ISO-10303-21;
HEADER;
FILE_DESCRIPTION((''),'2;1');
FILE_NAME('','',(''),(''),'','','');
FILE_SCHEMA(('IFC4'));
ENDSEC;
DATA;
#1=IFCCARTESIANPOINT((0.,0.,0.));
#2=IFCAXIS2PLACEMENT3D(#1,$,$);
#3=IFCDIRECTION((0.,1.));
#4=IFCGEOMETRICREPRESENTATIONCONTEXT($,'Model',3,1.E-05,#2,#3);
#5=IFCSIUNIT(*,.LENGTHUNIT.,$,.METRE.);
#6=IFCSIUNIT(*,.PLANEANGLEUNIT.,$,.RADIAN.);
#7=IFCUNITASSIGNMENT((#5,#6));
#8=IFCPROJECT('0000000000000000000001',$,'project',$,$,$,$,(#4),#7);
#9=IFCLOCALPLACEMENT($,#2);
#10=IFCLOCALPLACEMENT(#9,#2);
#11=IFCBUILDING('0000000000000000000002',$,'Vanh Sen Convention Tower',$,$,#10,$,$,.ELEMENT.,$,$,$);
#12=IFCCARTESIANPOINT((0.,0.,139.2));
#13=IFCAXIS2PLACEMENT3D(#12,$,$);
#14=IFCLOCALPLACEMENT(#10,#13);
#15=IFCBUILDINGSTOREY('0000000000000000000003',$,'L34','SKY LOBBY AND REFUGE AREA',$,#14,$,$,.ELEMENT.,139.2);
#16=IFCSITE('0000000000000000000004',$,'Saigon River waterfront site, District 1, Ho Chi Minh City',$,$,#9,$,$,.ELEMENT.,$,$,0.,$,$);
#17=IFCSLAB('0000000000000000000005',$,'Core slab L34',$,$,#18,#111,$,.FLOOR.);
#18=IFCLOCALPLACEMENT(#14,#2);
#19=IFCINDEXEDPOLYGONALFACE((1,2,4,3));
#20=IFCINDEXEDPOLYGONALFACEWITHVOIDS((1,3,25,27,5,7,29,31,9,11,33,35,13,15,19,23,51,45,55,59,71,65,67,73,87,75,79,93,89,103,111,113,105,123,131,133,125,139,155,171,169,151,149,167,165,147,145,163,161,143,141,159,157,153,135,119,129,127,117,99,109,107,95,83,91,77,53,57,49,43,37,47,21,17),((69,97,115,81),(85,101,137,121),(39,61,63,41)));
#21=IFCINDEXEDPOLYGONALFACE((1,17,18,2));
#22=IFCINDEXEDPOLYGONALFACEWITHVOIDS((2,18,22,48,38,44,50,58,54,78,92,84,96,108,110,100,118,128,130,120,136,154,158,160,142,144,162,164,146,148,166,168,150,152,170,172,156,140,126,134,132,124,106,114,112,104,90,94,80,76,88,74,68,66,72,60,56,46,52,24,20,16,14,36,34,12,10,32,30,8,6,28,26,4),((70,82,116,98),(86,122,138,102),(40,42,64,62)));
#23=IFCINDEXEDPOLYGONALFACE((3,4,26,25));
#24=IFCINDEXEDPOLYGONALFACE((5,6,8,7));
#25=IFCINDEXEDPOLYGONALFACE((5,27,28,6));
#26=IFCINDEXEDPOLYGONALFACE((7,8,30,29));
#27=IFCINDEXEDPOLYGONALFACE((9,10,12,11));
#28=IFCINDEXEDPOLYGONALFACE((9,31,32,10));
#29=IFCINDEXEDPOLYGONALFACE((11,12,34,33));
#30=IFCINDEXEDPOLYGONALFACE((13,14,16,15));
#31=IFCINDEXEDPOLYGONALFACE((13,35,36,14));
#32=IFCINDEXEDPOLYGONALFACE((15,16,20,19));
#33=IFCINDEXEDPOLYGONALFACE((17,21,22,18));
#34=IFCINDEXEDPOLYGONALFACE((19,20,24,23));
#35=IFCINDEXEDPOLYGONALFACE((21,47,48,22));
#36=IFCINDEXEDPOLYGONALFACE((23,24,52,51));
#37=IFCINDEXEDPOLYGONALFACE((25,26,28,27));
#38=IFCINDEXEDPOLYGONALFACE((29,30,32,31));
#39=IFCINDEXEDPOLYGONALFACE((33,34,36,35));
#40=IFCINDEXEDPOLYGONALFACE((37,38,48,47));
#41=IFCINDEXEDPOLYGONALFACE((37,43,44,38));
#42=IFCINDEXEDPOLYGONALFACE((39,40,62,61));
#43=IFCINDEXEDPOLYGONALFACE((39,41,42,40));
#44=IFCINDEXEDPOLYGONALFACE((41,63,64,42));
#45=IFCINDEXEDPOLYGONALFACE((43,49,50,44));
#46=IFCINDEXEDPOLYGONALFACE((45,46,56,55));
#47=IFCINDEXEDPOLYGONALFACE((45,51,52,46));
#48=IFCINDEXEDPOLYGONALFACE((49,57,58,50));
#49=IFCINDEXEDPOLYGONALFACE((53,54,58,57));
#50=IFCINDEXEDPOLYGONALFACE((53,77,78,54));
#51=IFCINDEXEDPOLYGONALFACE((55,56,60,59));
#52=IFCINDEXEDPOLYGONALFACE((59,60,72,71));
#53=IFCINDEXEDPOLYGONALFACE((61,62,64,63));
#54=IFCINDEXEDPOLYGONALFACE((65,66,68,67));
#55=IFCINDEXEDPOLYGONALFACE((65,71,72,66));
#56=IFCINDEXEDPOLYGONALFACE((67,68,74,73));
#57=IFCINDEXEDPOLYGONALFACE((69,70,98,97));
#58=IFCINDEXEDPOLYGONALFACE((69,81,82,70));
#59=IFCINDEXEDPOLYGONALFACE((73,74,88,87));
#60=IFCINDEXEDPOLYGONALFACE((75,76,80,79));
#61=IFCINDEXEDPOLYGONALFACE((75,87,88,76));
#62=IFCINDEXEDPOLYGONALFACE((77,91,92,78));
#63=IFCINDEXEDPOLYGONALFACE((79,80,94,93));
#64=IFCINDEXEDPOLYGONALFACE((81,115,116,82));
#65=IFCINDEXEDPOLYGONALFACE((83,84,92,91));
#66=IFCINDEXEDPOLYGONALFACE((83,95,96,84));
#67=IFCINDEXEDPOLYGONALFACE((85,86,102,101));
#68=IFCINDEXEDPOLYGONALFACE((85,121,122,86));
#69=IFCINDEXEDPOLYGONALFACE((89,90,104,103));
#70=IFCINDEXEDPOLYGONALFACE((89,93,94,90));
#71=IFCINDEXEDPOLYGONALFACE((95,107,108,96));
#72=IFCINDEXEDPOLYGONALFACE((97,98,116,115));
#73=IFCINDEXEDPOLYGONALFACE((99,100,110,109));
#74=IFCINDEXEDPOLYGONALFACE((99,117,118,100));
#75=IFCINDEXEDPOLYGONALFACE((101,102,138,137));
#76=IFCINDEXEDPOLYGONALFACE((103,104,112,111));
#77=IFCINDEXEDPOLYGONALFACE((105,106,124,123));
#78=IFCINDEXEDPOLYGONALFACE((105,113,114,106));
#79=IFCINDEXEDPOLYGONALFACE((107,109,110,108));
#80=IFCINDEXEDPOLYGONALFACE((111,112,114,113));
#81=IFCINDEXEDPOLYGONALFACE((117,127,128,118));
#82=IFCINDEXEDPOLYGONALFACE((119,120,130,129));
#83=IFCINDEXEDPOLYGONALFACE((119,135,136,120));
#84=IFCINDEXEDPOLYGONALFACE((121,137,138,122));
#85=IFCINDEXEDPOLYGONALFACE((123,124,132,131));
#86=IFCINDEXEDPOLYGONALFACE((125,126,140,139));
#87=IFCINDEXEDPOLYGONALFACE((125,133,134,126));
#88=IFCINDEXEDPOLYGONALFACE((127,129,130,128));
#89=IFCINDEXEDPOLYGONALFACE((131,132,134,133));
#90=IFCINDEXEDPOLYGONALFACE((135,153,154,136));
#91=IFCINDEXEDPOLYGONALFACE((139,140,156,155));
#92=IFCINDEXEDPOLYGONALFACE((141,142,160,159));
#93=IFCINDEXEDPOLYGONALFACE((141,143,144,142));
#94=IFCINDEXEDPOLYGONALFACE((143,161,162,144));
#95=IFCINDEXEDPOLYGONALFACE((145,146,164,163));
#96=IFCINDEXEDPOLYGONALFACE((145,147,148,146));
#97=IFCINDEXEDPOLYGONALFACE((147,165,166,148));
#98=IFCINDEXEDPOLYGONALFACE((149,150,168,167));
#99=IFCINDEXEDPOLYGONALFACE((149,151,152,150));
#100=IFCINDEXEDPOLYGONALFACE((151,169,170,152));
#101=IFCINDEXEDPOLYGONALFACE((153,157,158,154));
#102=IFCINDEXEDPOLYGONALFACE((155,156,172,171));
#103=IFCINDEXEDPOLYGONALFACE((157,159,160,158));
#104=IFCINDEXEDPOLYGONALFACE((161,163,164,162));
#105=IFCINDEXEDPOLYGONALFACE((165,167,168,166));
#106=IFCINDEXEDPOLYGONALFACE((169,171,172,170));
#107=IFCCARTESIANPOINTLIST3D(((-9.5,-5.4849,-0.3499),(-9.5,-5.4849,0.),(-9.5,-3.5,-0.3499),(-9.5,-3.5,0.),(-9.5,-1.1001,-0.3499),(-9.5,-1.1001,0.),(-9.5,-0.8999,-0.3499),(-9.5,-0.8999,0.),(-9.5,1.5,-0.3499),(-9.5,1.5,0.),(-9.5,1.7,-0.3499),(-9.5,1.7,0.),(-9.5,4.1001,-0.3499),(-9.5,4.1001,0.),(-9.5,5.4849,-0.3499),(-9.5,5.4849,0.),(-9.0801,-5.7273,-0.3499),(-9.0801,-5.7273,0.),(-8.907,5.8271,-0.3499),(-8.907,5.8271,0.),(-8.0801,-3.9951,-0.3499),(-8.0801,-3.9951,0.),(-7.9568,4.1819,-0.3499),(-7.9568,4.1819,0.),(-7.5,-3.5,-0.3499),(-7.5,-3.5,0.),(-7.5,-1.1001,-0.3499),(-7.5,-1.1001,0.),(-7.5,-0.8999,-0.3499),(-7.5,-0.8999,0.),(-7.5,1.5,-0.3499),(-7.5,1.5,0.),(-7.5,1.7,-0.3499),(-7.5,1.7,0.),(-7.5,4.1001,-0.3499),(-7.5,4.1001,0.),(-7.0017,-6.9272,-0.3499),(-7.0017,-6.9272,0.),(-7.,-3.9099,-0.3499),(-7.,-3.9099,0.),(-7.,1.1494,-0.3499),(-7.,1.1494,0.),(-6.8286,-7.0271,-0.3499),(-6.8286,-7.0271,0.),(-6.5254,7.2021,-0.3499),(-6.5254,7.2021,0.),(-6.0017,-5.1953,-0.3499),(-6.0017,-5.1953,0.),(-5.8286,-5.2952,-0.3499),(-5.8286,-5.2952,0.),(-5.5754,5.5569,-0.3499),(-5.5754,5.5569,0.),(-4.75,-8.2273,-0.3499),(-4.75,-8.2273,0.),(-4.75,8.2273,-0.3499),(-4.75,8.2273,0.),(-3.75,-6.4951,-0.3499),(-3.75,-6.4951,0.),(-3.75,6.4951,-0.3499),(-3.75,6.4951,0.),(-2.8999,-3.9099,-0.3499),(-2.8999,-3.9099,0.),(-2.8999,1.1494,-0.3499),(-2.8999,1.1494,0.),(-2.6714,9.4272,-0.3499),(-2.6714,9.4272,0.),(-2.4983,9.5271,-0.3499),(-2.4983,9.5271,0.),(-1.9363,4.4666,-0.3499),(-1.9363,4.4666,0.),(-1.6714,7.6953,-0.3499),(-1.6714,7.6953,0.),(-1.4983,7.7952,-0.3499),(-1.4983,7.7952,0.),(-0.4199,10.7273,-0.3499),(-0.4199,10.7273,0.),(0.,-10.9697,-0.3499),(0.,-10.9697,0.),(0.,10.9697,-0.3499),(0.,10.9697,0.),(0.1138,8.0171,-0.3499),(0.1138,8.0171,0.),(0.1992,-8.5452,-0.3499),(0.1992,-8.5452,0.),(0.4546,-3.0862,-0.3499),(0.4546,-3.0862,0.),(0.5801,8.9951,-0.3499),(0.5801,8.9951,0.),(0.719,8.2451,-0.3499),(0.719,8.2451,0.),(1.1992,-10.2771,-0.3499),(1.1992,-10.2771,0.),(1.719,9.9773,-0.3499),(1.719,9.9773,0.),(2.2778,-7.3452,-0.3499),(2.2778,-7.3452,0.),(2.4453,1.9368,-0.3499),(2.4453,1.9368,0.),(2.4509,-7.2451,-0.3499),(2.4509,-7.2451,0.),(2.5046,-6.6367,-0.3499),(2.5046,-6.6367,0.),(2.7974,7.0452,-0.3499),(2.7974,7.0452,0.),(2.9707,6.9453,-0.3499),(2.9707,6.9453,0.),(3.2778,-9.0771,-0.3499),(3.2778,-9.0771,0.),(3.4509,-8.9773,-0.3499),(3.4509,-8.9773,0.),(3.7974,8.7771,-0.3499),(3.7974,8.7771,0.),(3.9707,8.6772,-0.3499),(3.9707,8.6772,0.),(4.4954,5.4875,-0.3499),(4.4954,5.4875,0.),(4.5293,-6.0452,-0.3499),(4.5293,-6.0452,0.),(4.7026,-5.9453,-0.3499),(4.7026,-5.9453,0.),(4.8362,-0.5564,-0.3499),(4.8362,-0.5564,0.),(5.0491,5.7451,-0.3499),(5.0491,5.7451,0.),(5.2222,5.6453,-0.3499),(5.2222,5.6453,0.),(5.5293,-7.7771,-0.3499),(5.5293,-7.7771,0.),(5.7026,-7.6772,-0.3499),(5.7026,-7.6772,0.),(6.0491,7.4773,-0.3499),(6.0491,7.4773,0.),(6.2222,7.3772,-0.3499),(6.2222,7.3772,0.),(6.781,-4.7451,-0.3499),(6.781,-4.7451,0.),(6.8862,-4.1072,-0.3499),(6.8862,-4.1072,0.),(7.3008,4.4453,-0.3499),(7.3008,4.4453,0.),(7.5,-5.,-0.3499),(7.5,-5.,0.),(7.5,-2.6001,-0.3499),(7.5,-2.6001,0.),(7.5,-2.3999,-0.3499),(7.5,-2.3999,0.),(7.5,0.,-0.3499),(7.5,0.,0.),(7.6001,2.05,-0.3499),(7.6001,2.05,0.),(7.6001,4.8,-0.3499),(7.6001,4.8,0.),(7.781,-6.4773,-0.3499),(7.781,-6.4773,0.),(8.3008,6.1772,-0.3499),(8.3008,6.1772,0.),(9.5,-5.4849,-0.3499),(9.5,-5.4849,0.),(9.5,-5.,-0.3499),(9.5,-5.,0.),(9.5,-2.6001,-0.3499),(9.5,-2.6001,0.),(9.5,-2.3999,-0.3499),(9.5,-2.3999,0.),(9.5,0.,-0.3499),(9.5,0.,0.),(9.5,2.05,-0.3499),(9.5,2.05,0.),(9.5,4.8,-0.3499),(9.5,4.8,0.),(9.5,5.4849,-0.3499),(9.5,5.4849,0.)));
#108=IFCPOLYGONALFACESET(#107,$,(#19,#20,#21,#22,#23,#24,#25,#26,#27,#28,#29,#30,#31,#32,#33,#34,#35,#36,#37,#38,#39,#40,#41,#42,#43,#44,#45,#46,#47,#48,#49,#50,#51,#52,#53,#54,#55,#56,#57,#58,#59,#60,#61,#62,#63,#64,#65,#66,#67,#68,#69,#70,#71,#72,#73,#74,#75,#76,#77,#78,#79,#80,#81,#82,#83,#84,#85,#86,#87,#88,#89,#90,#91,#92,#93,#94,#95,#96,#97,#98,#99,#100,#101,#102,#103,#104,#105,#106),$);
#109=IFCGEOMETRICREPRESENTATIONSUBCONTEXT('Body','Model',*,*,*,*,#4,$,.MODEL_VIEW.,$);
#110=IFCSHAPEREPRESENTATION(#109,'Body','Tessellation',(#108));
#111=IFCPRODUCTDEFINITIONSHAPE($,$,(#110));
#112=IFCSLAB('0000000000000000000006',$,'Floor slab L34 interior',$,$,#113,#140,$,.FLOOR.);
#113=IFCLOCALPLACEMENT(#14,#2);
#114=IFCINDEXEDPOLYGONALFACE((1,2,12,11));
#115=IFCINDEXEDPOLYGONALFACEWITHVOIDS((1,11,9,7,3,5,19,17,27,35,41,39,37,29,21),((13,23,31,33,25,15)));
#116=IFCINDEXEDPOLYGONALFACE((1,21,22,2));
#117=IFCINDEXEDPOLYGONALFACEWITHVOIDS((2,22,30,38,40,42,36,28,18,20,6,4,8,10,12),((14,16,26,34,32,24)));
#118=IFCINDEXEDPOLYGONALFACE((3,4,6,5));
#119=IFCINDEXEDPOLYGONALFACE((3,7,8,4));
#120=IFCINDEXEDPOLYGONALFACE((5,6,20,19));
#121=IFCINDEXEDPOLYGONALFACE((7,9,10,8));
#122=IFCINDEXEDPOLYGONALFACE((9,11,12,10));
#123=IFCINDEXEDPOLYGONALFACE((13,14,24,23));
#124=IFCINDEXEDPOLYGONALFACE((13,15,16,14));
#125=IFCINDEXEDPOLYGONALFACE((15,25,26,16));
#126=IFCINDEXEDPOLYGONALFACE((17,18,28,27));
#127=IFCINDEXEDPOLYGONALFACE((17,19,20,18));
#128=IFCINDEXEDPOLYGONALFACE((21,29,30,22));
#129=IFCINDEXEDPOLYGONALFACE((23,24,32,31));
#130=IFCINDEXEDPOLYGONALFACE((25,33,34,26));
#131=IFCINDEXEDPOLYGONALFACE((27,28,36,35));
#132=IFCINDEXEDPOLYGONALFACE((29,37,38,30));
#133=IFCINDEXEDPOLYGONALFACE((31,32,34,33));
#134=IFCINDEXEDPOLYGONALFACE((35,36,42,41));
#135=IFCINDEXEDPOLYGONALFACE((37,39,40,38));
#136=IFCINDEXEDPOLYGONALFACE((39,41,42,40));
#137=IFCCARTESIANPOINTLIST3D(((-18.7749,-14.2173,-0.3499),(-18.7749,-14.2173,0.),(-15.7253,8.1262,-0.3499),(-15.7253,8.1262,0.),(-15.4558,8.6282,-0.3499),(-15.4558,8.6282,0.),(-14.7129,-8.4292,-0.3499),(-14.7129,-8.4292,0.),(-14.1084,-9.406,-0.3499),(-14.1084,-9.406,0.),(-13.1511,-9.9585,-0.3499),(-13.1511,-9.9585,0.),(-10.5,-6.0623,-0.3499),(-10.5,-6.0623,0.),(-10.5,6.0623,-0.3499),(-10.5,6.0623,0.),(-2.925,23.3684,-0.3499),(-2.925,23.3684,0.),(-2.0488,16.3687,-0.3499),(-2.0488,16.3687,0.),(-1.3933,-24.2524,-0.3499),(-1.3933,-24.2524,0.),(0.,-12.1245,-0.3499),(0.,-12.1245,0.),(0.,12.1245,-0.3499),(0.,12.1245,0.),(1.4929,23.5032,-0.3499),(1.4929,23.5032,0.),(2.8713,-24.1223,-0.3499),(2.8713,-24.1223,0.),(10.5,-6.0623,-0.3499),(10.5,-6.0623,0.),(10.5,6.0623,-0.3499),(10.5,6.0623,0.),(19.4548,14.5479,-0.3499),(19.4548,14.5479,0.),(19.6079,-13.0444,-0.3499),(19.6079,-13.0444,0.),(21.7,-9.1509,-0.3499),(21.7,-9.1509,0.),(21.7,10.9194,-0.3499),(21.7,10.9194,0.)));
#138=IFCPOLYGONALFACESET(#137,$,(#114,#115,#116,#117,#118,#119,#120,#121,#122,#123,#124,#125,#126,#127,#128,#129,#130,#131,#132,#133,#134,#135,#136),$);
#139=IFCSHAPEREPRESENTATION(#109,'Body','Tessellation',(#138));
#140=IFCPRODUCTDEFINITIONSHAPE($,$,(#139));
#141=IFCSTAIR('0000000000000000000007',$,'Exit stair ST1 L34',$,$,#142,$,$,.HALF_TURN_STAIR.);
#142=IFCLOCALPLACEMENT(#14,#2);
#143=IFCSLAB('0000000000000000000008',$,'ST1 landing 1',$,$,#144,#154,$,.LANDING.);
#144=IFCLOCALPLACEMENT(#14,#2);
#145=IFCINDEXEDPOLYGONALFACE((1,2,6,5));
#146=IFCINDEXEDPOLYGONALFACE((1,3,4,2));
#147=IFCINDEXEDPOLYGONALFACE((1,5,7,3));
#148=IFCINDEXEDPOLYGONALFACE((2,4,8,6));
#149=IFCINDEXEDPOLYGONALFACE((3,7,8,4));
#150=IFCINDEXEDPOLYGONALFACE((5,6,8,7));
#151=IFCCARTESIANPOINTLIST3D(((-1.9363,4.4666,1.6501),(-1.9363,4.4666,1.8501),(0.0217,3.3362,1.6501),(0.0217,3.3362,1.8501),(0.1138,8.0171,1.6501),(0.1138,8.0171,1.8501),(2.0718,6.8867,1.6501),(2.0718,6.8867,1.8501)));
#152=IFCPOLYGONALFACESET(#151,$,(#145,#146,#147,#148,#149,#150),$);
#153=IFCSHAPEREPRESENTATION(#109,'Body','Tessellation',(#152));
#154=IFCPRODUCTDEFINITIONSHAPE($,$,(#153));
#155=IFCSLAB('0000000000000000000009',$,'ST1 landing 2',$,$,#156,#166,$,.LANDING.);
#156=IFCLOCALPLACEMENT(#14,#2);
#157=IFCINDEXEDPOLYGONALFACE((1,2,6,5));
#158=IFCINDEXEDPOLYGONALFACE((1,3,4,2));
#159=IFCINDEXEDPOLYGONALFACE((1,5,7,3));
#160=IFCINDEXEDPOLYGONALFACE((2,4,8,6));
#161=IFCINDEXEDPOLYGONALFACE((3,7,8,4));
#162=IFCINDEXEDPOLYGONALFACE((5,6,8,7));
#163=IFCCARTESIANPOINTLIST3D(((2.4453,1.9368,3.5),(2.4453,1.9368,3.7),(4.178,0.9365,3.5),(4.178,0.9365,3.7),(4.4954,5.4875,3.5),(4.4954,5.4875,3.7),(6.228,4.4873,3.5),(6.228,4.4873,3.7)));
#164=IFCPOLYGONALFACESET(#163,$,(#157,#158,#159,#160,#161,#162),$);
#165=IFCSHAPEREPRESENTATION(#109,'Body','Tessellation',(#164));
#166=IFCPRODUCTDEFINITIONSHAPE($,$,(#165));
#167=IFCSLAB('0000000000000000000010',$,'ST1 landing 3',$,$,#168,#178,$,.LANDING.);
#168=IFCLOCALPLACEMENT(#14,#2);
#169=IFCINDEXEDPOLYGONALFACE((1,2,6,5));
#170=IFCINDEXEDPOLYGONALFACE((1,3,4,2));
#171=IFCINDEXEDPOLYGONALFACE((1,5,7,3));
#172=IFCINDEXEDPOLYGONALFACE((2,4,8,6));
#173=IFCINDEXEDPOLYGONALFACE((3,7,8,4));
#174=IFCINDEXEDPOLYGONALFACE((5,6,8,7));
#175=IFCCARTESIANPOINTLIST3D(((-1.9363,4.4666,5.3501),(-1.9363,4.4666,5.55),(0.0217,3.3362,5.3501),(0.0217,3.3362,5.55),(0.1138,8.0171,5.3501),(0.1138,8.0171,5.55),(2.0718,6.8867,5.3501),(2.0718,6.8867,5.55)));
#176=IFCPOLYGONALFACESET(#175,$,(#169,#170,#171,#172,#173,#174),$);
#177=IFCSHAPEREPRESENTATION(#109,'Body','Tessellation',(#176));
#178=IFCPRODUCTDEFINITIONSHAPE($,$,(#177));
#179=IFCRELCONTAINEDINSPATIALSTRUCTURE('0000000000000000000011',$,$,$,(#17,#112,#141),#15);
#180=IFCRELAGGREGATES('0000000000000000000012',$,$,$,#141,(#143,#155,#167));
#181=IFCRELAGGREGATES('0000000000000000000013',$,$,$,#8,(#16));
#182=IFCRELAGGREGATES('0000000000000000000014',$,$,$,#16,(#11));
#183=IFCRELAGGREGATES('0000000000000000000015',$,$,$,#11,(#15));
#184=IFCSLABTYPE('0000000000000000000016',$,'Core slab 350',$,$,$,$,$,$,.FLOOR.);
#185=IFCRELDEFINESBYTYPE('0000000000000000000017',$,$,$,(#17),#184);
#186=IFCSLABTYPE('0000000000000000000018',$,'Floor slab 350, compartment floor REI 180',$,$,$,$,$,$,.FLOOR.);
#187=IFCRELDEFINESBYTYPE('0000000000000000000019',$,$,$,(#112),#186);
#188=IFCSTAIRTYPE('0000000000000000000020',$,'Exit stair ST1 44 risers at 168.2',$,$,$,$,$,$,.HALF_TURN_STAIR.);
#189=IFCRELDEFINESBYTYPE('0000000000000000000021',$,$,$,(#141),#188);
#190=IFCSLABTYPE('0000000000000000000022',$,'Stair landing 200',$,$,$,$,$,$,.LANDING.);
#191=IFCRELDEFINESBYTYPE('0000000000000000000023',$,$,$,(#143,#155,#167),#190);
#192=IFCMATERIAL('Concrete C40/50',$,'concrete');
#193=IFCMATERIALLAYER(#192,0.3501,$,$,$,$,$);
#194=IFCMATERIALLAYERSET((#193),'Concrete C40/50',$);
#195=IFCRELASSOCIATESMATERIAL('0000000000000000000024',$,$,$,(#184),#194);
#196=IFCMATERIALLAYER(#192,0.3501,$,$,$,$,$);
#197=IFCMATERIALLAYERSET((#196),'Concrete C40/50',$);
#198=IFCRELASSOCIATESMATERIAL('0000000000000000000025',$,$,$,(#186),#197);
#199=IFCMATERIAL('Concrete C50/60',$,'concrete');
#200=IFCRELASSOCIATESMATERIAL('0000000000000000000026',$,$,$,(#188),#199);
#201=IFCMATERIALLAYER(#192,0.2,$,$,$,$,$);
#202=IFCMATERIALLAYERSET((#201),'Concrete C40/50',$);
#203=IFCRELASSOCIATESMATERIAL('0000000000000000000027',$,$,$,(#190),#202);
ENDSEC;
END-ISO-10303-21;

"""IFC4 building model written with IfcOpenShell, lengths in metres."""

from ifc_helpers import new_model, si_unit, direction, frame, origin, place, context, subcontext, project, spatial, polyline, outline, extrude, material, layer, layer_set, type_object, element, aggregate, save


model = new_model("IFC4")

# Units and contexts
model_context = context("Model", 3, precision=1e-05, world=origin(), true_north=direction((0.0, 1.0)))
body_context = subcontext(model_context, "Body", "Model", "MODEL_VIEW")
ifc_project = project(units=[si_unit("LENGTHUNIT", "METRE"), si_unit("PLANEANGLEUNIT", "RADIAN")], contexts=[model_context])

# Site, building, storey
site_placement = place(None, origin())
site = spatial("IfcSite", under=ifc_project, at=site_placement, Name="Saigon River waterfront site, District 1, Ho Chi Minh City", CompositionType="ELEMENT", RefElevation=0.0)
building_placement = place(site_placement, origin())
building = spatial("IfcBuilding", under=site, at=building_placement, Name="Vanh Sen Convention Tower", CompositionType="ELEMENT")
storey_placement = place(building_placement, frame((0.0, 0.0, 139.2)))
storey = spatial("IfcBuildingStorey", under=building, at=storey_placement, Name="L34", Description="SKY LOBBY AND REFUGE AREA", CompositionType="ELEMENT", Elevation=139.2)

# Slabs
ifc_material_1 = material(Name="Concrete C40/50", Category="concrete")
ifc_layer_1 = layer(ifc_material_1, 0.3501)
ifc_layer_set_1 = layer_set([ifc_layer_1], Name="Concrete C40/50")
slab_type_1 = type_object("IfcSlabType", Name="Core slab 350", PredefinedType="FLOOR", material=ifc_layer_set_1)
slab_1_placement = place(storey_placement, frame((0.0, 0.0, -0.3499)))
element("IfcSlab", 1, at=slab_1_placement, inside=storey, type_object=slab_type_1, Name="Core slab L34", PredefinedType="FLOOR", context=body_context, shape_type="SweptSolid", body=[
    extrude(outline(polyline([(9.5, 5.4849), (9.5, 4.8), (7.6001, 4.8), (7.6001, 2.05), (9.5, 2.05), (9.5, 0.0), (7.5, 0.0), (7.5, -2.3999), (9.5, -2.3999), (9.5, -2.6001), (7.5, -2.6001), (7.5, -5.0), (9.5, -5.0), (9.5, -5.4849), (7.781, -6.4773), (6.781, -4.7451), (4.7026, -5.9453), (5.7026, -7.6772), (5.5293, -7.7771), (4.5293, -6.0452), (2.4509, -7.2451), (3.4509, -8.9773), (3.2778, -9.0771), (2.2778, -7.3452), (0.1992, -8.5452), (1.1992, -10.2771), (0.0, -10.9697), (-4.75, -8.2273), (-3.75, -6.4951), (-5.8286, -5.2952), (-6.8286, -7.0271), (-7.0017, -6.9272), (-6.0017, -5.1953), (-8.0801, -3.9951), (-9.0801, -5.7273), (-9.5, -5.4849), (-9.5, -3.5), (-7.5, -3.5), (-7.5, -1.1001), (-9.5, -1.1001), (-9.5, -0.8999), (-7.5, -0.8999), (-7.5, 1.5), (-9.5, 1.5), (-9.5, 1.7), (-7.5, 1.7), (-7.5, 4.1001), (-9.5, 4.1001), (-9.5, 5.4849), (-8.907, 5.8271), (-7.9568, 4.1819), (-5.5754, 5.5569), (-6.5254, 7.2021), (-4.75, 8.2273), (-3.75, 6.4951), (-1.6714, 7.6953), (-2.6714, 9.4272), (-2.4983, 9.5271), (-1.4983, 7.7952), (0.5801, 8.9951), (-0.4199, 10.7273), (0.0, 10.9697), (1.719, 9.9773), (0.719, 8.2451), (2.7974, 7.0452), (3.7974, 8.7771), (3.9707, 8.6772), (2.9707, 6.9453), (5.0491, 5.7451), (6.0491, 7.4773), (6.2222, 7.3772), (5.2222, 5.6453), (7.3008, 4.4453), (8.3008, 6.1772), (9.5, 5.4849)]), holes=[polyline([(-7.0, -3.9099), (-2.8999, -3.9099), (-2.8999, 1.1494), (-7.0, 1.1494), (-7.0, -3.9099)]), polyline([(2.5046, -6.6367), (6.8862, -4.1072), (4.8362, -0.5564), (0.4546, -3.0862), (2.5046, -6.6367)]), polyline([(0.1138, 8.0171), (-1.9363, 4.4666), (2.4453, 1.9368), (4.4954, 5.4875), (0.1138, 8.0171)])]), origin(), (0.0, 0.0, 1.0), 0.3499),
])
ifc_layer_2 = layer(ifc_material_1, 0.3501)
ifc_layer_set_2 = layer_set([ifc_layer_2], Name="Concrete C40/50")
slab_type_2 = type_object("IfcSlabType", Name="Floor slab 350, compartment floor REI 180", PredefinedType="FLOOR", material=ifc_layer_set_2)
slab_2_placement = place(storey_placement, frame((0.0, 0.0, -0.3499)))
element("IfcSlab", 2, at=slab_2_placement, inside=storey, type_object=slab_type_2, Name="Floor slab L34 interior", PredefinedType="FLOOR", context=body_context, shape_type="SweptSolid", body=[
    extrude(outline(polyline([(-2.925, 23.3684), (-2.925, 23.3684), (-2.0488, 16.3687), (-15.4558, 8.6282), (-15.7253, 8.1262), (-14.7129, -8.4292), (-14.1084, -9.406), (-13.1511, -9.9585), (-18.7749, -14.2173), (-18.7749, -14.2173), (-1.3933, -24.2524), (2.8713, -24.1223), (19.6079, -13.0444), (21.7, -9.1509), (21.7, 10.9194), (19.4548, 14.5479), (1.4929, 23.5032), (-2.925, 23.3684)]), holes=[polyline([(0.0, 12.1245), (-10.5, 6.0623), (-10.5, -6.0623), (0.0, -12.1245), (10.5, -6.0623), (10.5, 6.0623), (0.0, 12.1245)])]), origin(), (0.0, 0.0, 1.0), 0.3499),
])

# Stair, slabs
ifc_material_2 = material(Name="Concrete C50/60", Category="concrete")
stair_type_1 = type_object("IfcStairType", Name="Exit stair ST1 44 risers at 168.2", PredefinedType="HALF_TURN_STAIR", material=ifc_material_2)
stair_1_placement = place(storey_placement, origin())
stair_1 = element("IfcStair", 3, at=stair_1_placement, inside=storey, type_object=stair_type_1, Name="Exit stair ST1 L34", PredefinedType="HALF_TURN_STAIR")
ifc_layer_3 = layer(ifc_material_1, 0.2)
ifc_layer_set_3 = layer_set([ifc_layer_3], Name="Concrete C40/50")
slab_type_3 = type_object("IfcSlabType", Name="Stair landing 200", PredefinedType="LANDING", material=ifc_layer_set_3)
slab_3_placement = place(storey_placement, frame((0.0, 0.0, 1.6501)))
slab_3 = element("IfcSlab", 4, at=slab_3_placement, type_object=slab_type_3, Name="ST1 landing 1", PredefinedType="LANDING", context=body_context, shape_type="SweptSolid", body=[
    extrude(outline(polyline([(2.0718, 6.8867), (0.1138, 8.0171), (-1.9363, 4.4666), (0.0217, 3.3362), (2.0718, 6.8867)])), origin(), (0.0, 0.0, 1.0), 0.2),
])
slab_4_placement = place(storey_placement, frame((0.0, 0.0, 3.5)))
slab_4 = element("IfcSlab", 5, at=slab_4_placement, type_object=slab_type_3, Name="ST1 landing 2", PredefinedType="LANDING", context=body_context, shape_type="SweptSolid", body=[
    extrude(outline(polyline([(6.228, 4.4873), (4.4954, 5.4875), (2.4453, 1.9368), (4.178, 0.9365), (6.228, 4.4873)])), origin(), (0.0, 0.0, 1.0), 0.2),
])
slab_5_placement = place(storey_placement, frame((0.0, 0.0, 5.3501)))
slab_5 = element("IfcSlab", 6, at=slab_5_placement, type_object=slab_type_3, Name="ST1 landing 3", PredefinedType="LANDING", context=body_context, shape_type="SweptSolid", body=[
    extrude(outline(polyline([(2.0718, 6.8867), (0.1138, 8.0171), (-1.9363, 4.4666), (0.0217, 3.3362), (2.0718, 6.8867)])), origin(), (0.0, 0.0, 1.0), 0.2),
])
aggregate(stair_1, [slab_3, slab_4, slab_5])

save(model, "model.ifc")
